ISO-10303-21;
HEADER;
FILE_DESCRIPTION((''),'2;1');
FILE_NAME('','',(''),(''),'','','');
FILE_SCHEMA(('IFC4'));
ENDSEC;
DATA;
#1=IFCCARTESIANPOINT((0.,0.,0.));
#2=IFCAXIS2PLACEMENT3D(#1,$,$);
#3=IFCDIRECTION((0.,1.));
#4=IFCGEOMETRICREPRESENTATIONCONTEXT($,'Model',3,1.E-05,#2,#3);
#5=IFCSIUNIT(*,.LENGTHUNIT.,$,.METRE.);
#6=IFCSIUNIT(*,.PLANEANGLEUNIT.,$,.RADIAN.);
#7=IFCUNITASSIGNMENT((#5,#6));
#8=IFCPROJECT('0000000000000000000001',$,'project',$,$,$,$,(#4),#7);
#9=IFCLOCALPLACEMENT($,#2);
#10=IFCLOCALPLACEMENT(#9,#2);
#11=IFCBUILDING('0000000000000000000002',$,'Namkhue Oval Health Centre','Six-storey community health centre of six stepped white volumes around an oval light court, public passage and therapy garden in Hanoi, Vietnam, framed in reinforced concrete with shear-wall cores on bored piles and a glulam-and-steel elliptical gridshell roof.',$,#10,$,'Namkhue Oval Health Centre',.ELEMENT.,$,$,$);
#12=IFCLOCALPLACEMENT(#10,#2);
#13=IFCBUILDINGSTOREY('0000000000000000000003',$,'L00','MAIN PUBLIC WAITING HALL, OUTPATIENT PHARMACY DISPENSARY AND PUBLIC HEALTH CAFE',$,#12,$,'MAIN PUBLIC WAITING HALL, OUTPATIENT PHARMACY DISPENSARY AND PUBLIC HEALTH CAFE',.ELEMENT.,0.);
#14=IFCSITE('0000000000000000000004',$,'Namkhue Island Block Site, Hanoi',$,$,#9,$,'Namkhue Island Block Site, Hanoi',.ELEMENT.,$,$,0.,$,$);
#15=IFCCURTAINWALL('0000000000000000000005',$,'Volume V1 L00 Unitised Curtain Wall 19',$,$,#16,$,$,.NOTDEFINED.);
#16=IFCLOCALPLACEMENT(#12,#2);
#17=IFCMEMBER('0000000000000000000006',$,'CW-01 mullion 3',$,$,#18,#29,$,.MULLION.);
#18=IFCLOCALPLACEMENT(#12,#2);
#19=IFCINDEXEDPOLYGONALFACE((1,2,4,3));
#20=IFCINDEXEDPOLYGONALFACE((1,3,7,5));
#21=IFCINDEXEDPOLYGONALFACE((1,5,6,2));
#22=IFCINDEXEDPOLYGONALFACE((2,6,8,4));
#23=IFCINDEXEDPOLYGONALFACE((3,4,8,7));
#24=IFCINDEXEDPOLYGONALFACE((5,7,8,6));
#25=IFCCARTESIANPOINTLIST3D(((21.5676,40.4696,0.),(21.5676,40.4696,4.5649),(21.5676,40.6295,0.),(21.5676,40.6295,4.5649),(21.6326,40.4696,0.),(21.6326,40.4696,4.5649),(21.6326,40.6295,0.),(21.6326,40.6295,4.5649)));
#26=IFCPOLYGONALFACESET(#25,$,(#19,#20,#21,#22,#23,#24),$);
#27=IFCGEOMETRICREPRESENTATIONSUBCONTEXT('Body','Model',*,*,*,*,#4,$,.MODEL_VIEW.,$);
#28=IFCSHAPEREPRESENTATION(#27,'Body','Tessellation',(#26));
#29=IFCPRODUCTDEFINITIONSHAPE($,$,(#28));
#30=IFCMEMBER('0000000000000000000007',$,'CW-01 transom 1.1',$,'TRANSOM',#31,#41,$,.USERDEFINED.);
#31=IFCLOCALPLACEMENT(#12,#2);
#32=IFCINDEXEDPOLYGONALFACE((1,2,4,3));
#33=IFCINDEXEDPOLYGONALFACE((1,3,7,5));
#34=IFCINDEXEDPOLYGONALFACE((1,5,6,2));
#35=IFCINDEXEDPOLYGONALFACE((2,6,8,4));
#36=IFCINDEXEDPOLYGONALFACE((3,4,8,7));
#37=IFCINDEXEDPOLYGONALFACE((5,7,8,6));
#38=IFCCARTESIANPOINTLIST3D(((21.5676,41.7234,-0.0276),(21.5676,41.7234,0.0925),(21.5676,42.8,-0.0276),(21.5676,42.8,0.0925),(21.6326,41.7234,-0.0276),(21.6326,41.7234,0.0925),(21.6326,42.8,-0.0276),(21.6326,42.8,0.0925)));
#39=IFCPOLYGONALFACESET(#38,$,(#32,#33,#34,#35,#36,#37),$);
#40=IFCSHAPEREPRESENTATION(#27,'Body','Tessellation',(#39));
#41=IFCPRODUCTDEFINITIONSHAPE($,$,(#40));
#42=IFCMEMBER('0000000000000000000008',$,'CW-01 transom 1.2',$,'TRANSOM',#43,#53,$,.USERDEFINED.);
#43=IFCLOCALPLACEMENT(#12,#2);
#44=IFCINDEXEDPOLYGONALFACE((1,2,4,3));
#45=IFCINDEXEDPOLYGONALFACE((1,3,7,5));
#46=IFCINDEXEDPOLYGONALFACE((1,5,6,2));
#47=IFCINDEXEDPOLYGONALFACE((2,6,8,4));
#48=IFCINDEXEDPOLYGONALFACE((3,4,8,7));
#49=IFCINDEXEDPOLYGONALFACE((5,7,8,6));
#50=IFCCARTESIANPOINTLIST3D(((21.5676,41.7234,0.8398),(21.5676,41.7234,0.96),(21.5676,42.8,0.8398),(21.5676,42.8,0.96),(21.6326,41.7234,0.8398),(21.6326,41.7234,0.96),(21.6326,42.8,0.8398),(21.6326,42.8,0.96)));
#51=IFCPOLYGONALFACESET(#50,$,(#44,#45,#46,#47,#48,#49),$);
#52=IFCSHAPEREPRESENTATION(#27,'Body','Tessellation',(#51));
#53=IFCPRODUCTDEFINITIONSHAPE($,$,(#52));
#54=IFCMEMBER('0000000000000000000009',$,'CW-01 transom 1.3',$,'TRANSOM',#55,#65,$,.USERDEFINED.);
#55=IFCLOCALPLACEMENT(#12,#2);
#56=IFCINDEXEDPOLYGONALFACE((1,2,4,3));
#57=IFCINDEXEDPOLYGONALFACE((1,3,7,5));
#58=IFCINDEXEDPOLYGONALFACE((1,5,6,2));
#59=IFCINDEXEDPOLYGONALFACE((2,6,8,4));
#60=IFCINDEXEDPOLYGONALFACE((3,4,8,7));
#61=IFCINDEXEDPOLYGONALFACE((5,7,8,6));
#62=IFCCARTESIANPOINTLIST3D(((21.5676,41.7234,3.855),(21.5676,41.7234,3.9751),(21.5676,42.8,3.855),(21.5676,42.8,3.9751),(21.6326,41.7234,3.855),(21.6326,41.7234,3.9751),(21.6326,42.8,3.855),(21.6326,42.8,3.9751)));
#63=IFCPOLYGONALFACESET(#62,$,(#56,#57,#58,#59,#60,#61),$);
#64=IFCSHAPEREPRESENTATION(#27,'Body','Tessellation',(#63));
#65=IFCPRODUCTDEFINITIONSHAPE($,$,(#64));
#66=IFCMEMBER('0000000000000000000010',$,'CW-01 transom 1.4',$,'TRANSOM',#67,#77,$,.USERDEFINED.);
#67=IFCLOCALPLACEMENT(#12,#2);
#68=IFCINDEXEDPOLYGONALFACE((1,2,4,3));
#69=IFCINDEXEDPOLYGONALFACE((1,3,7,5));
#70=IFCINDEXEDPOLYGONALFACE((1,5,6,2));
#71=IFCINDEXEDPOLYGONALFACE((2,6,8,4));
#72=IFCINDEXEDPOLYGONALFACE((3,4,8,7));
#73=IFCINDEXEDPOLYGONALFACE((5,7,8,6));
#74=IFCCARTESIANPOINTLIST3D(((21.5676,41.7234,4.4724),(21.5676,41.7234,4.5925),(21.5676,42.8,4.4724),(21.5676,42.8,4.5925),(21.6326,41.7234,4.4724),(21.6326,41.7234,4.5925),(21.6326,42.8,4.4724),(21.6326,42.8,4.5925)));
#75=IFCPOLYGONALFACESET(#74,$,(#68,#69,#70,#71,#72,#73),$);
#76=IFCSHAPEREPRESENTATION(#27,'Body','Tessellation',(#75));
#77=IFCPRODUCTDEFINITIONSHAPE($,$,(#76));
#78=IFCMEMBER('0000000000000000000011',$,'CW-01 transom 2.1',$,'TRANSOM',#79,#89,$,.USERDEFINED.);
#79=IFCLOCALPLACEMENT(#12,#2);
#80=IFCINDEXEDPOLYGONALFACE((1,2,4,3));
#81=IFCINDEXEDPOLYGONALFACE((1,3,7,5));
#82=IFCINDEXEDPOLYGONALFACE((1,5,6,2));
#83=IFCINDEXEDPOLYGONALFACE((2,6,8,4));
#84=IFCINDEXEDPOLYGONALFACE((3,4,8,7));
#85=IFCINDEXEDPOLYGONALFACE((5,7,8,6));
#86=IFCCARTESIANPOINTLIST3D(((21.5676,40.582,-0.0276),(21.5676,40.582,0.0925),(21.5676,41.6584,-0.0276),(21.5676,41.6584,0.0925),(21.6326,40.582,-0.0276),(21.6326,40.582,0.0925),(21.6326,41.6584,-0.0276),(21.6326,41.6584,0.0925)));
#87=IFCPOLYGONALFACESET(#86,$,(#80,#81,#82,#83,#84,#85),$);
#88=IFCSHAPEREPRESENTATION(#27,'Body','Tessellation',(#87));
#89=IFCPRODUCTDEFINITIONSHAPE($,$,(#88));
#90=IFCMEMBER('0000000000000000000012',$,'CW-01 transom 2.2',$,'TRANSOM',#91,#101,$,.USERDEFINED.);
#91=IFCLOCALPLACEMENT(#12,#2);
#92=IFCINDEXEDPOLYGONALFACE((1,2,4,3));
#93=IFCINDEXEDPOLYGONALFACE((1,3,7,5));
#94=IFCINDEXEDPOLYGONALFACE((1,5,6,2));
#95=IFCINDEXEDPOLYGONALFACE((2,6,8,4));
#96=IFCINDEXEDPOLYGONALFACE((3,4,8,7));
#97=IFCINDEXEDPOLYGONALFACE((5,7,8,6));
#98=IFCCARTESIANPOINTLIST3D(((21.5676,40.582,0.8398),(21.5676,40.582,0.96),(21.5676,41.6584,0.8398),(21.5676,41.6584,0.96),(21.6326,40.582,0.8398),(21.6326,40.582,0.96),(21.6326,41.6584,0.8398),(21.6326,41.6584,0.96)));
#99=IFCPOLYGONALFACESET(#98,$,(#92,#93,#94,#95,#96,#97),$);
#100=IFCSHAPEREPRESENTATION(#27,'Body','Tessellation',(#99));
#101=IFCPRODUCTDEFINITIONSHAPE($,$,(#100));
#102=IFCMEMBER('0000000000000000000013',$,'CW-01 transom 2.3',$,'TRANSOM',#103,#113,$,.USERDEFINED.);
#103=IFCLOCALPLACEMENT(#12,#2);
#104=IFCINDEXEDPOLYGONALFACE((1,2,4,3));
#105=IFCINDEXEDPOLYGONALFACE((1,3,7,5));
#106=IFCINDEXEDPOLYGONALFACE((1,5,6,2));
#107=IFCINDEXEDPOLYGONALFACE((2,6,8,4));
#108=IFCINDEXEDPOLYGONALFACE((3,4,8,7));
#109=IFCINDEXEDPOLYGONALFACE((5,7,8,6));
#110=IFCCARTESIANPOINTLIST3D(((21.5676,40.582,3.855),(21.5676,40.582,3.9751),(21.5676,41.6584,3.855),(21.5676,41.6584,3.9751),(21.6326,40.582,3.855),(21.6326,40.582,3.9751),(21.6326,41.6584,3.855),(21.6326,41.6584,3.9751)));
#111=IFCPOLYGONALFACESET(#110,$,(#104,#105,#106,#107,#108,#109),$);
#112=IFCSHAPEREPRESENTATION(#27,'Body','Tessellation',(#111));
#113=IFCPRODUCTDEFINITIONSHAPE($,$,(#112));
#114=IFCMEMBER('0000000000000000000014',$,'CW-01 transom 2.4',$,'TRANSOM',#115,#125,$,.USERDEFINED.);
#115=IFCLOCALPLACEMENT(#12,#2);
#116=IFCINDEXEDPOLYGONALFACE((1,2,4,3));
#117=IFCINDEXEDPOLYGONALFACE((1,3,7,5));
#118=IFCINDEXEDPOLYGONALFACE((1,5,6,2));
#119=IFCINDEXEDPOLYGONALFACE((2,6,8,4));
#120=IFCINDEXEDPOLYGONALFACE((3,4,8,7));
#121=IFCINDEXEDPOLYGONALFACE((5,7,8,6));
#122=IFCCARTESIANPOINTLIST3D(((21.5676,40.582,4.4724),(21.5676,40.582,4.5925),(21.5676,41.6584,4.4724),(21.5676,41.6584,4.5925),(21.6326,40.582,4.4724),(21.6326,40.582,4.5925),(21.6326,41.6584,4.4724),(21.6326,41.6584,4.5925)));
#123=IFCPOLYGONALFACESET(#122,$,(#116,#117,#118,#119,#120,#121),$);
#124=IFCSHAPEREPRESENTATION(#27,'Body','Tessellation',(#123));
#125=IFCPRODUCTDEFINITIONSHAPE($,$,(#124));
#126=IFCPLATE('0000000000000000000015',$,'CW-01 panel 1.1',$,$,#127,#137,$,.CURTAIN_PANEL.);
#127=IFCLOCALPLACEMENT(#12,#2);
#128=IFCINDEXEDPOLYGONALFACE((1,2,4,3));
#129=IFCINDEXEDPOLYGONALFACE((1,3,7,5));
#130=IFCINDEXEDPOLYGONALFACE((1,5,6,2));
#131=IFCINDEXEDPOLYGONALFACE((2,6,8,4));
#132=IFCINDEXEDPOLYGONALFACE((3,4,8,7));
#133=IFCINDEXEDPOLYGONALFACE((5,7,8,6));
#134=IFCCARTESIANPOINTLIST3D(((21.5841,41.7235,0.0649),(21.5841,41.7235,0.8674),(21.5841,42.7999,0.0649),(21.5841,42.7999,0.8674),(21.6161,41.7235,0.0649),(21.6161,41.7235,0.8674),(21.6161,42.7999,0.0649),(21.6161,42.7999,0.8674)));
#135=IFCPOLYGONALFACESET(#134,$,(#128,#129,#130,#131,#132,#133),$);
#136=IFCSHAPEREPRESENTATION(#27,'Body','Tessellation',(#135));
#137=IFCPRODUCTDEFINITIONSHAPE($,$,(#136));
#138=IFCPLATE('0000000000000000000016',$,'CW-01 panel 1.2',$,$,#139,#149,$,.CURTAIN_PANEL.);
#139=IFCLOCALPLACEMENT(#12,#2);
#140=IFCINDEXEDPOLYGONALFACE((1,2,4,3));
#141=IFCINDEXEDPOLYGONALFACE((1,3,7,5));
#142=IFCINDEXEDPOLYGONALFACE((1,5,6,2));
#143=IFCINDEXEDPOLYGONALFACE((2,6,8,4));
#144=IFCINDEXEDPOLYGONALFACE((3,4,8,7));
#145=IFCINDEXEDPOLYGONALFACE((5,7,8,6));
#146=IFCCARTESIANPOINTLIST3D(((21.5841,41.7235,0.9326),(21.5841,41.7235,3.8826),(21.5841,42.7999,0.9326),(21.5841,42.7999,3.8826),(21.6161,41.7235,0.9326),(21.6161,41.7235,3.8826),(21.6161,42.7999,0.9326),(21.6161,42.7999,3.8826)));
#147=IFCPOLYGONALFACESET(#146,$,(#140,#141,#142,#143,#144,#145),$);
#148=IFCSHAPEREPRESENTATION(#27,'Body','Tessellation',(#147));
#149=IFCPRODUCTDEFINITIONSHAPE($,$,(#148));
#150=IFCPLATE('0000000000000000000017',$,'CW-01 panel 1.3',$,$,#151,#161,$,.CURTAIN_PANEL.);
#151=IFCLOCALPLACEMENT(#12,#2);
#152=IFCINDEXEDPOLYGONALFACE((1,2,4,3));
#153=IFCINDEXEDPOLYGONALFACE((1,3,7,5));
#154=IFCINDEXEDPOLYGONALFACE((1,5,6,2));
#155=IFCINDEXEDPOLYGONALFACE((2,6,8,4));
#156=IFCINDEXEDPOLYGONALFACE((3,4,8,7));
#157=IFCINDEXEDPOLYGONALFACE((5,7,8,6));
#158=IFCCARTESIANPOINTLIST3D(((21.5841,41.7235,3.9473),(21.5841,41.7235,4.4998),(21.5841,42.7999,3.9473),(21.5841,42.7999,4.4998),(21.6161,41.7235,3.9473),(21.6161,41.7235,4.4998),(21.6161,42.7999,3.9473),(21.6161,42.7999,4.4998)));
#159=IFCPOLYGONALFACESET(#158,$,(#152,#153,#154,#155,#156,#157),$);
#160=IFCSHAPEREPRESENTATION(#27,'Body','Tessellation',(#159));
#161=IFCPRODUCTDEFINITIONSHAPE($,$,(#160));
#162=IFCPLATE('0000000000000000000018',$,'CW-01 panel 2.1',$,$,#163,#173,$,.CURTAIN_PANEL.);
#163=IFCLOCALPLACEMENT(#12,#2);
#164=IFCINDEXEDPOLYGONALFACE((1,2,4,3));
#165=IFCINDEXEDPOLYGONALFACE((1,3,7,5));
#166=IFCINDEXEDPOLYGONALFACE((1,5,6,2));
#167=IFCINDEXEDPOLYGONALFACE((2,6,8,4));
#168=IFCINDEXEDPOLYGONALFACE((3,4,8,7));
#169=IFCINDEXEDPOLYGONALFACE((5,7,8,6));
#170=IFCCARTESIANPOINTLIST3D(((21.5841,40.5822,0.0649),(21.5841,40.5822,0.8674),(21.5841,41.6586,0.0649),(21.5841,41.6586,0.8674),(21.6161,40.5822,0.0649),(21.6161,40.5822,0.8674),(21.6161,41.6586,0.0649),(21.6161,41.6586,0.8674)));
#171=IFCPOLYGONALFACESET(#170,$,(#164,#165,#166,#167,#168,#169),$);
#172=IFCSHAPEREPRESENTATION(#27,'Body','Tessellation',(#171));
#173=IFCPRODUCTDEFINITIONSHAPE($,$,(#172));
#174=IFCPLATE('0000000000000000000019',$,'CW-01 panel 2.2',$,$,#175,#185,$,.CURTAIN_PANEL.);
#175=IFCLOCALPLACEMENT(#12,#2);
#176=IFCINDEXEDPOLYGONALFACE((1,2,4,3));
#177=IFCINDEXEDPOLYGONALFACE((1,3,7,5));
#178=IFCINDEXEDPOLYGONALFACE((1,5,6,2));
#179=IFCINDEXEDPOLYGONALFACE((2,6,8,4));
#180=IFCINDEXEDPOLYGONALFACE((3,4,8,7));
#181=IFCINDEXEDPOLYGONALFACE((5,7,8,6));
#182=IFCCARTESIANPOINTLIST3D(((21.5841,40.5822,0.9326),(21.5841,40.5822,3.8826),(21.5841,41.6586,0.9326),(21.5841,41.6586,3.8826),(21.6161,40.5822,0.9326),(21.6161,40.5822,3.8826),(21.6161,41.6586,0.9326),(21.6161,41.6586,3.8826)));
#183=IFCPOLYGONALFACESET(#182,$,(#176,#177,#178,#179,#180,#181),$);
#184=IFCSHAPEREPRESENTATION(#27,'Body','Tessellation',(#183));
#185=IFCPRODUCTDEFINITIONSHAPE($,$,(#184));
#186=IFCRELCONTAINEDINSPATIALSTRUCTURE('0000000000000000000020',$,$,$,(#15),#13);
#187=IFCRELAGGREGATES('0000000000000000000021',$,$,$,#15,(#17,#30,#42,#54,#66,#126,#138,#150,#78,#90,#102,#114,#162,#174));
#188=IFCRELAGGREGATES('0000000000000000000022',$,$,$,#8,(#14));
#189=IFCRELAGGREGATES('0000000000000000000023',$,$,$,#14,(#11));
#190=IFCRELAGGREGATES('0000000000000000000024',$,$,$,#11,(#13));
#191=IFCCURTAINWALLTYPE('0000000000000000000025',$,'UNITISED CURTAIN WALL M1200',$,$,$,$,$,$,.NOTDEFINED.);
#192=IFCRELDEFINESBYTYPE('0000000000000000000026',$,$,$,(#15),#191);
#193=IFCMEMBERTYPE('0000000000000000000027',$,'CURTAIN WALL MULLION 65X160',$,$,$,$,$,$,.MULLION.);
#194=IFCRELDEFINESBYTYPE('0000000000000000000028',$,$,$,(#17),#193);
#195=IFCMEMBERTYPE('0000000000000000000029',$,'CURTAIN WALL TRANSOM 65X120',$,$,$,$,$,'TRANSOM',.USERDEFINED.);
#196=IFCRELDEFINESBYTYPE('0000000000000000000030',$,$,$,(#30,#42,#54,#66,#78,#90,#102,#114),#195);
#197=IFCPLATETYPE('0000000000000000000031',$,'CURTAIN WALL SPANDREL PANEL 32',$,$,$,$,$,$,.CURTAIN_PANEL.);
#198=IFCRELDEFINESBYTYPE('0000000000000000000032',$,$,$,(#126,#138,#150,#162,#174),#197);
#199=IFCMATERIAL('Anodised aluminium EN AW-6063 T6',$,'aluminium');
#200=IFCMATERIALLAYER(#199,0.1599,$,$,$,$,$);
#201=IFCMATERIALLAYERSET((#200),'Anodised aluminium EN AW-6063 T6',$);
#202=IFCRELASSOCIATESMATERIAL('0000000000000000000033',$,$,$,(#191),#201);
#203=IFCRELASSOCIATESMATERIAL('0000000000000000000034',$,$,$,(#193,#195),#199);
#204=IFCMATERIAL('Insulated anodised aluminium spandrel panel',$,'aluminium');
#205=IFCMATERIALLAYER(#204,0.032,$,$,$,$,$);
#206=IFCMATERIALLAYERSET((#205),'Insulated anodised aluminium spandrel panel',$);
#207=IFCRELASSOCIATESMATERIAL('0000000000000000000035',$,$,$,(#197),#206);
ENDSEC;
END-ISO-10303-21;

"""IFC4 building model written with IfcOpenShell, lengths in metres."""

from ifc_helpers import new_model, si_unit, direction, frame, origin, origin_2d, place, context, subcontext, project, spatial, rectangle, extrude, material, layer, layer_set, material_profile, profile_set, type_object, element, aggregate, save


model = new_model("IFC4")

# Units and contexts
model_context = context("Model", 3, precision=1e-05, world=origin(), true_north=direction((0.0, 1.0)))
body_context = subcontext(model_context, "Body", "Model", "MODEL_VIEW")
ifc_project = project(units=[si_unit("LENGTHUNIT", "METRE"), si_unit("PLANEANGLEUNIT", "RADIAN")], contexts=[model_context])

# Site, building, storey
site_placement = place(None, origin())
site = spatial("IfcSite", under=ifc_project, at=site_placement, Name="Namkhue Island Block Site, Hanoi", LongName="Namkhue Island Block Site, Hanoi", CompositionType="ELEMENT", RefElevation=0.0)
building_placement = place(site_placement, origin())
building = spatial("IfcBuilding", under=site, at=building_placement, Name="Namkhue Oval Health Centre", Description="Six-storey community health centre of six stepped white volumes around an oval light court, public passage and therapy garden in Hanoi, Vietnam, framed in reinforced concrete with shear-wall cores on bored piles and a glulam-and-steel elliptical gridshell roof.", LongName="Namkhue Oval Health Centre", CompositionType="ELEMENT")
storey_placement = place(building_placement, origin())
storey = spatial("IfcBuildingStorey", under=building, at=storey_placement, Name="L00", Description="MAIN PUBLIC WAITING HALL, OUTPATIENT PHARMACY DISPENSARY AND PUBLIC HEALTH CAFE", LongName="MAIN PUBLIC WAITING HALL, OUTPATIENT PHARMACY DISPENSARY AND PUBLIC HEALTH CAFE", CompositionType="ELEMENT", Elevation=0.0)

# Curtain wall, members, plates
ifc_material_1 = material(Name="Anodised aluminium EN AW-6063 T6", Category="aluminium")
ifc_layer_1 = layer(ifc_material_1, 0.1599)
ifc_layer_set_1 = layer_set([ifc_layer_1], Name="Anodised aluminium EN AW-6063 T6")
curtain_wall_type = type_object("IfcCurtainWallType", Name="UNITISED CURTAIN WALL M1200", PredefinedType="NOTDEFINED", material=ifc_layer_set_1)
curtain_wall_placement = place(storey_placement, origin())
curtain_wall = element("IfcCurtainWall", 1, at=curtain_wall_placement, inside=storey, type_object=curtain_wall_type, Name="Volume V1 L00 Unitised Curtain Wall 19", PredefinedType="NOTDEFINED")
ifc_material_profile_1 = material_profile(ifc_material_1, rectangle(XDim=0.0649, YDim=0.1599, at=origin_2d()), Name="ALU 65x160")
ifc_profile_set_1 = profile_set([ifc_material_profile_1], Name="Anodised aluminium EN AW-6063 T6")
member_type_1 = type_object("IfcMemberType", Name="CURTAIN WALL MULLION 65X160", PredefinedType="MULLION", material=ifc_profile_set_1)
member_1_placement = place(storey_placement, frame((21.6001, 40.5496, 0.0), z_axis=(0.0, 0.0, 1.0), x_axis=(1.0, 0.0, 0.0)))
member_1 = element("IfcMember", 2, at=member_1_placement, type_object=member_type_1, Name="CW-01 mullion 3", PredefinedType="MULLION", context=body_context, shape_type="SweptSolid", body=[
    extrude(rectangle(XDim=0.0649, YDim=0.1599, at=origin_2d()), origin(), (0.0, 0.0, 1.0), 4.5649),
])
ifc_material_profile_2 = material_profile(ifc_material_1, rectangle(XDim=0.0649, YDim=0.1201, at=origin_2d()), Name="ALU 65x120")
ifc_profile_set_2 = profile_set([ifc_material_profile_2], Name="Anodised aluminium EN AW-6063 T6")
member_type_2 = type_object("IfcMemberType", Name="CURTAIN WALL TRANSOM 65X120", ElementType="TRANSOM", PredefinedType="USERDEFINED", material=ifc_profile_set_2)
member_2_placement = place(storey_placement, frame((21.6001, 42.8, 0.0325), z_axis=(0.0, -1.0, 0.0), x_axis=(1.0, 0.0, 0.0)))
member_2 = element("IfcMember", 3, at=member_2_placement, type_object=member_type_2, Name="CW-01 transom 1.1", ObjectType="TRANSOM", PredefinedType="USERDEFINED", context=body_context, shape_type="SweptSolid", body=[
    extrude(rectangle(XDim=0.0649, YDim=0.1201, at=origin_2d()), origin(), (0.0, 0.0, 1.0), 1.0767),
])
member_3_placement = place(storey_placement, frame((21.6001, 42.8, 0.8999), z_axis=(0.0, -1.0, 0.0), x_axis=(1.0, 0.0, 0.0)))
member_3 = element("IfcMember", 4, at=member_3_placement, type_object=member_type_2, Name="CW-01 transom 1.2", ObjectType="TRANSOM", PredefinedType="USERDEFINED", context=body_context, shape_type="SweptSolid", body=[
    extrude(rectangle(XDim=0.0649, YDim=0.1201, at=origin_2d()), origin(), (0.0, 0.0, 1.0), 1.0767),
])
member_4_placement = place(storey_placement, frame((21.6001, 42.8, 3.915), z_axis=(0.0, -1.0, 0.0), x_axis=(1.0, 0.0, 0.0)))
member_4 = element("IfcMember", 5, at=member_4_placement, type_object=member_type_2, Name="CW-01 transom 1.3", ObjectType="TRANSOM", PredefinedType="USERDEFINED", context=body_context, shape_type="SweptSolid", body=[
    extrude(rectangle(XDim=0.0649, YDim=0.1201, at=origin_2d()), origin(), (0.0, 0.0, 1.0), 1.0767),
])
member_5_placement = place(storey_placement, frame((21.6001, 42.8, 4.5325), z_axis=(0.0, -1.0, 0.0), x_axis=(1.0, 0.0, 0.0)))
member_5 = element("IfcMember", 6, at=member_5_placement, type_object=member_type_2, Name="CW-01 transom 1.4", ObjectType="TRANSOM", PredefinedType="USERDEFINED", context=body_context, shape_type="SweptSolid", body=[
    extrude(rectangle(XDim=0.0649, YDim=0.1201, at=origin_2d()), origin(), (0.0, 0.0, 1.0), 1.0767),
])
member_6_placement = place(storey_placement, frame((21.6001, 41.6584, 0.0325), z_axis=(0.0, -1.0, 0.0), x_axis=(1.0, 0.0, 0.0)))
member_6 = element("IfcMember", 7, at=member_6_placement, type_object=member_type_2, Name="CW-01 transom 2.1", ObjectType="TRANSOM", PredefinedType="USERDEFINED", context=body_context, shape_type="SweptSolid", body=[
    extrude(rectangle(XDim=0.0649, YDim=0.1201, at=origin_2d()), origin(), (0.0, 0.0, 1.0), 1.0764),
])
member_7_placement = place(storey_placement, frame((21.6001, 41.6584, 0.8999), z_axis=(0.0, -1.0, 0.0), x_axis=(1.0, 0.0, 0.0)))
member_7 = element("IfcMember", 8, at=member_7_placement, type_object=member_type_2, Name="CW-01 transom 2.2", ObjectType="TRANSOM", PredefinedType="USERDEFINED", context=body_context, shape_type="SweptSolid", body=[
    extrude(rectangle(XDim=0.0649, YDim=0.1201, at=origin_2d()), origin(), (0.0, 0.0, 1.0), 1.0764),
])
member_8_placement = place(storey_placement, frame((21.6001, 41.6584, 3.915), z_axis=(0.0, -1.0, 0.0), x_axis=(1.0, 0.0, 0.0)))
member_8 = element("IfcMember", 9, at=member_8_placement, type_object=member_type_2, Name="CW-01 transom 2.3", ObjectType="TRANSOM", PredefinedType="USERDEFINED", context=body_context, shape_type="SweptSolid", body=[
    extrude(rectangle(XDim=0.0649, YDim=0.1201, at=origin_2d()), origin(), (0.0, 0.0, 1.0), 1.0764),
])
member_9_placement = place(storey_placement, frame((21.6001, 41.6584, 4.5325), z_axis=(0.0, -1.0, 0.0), x_axis=(1.0, 0.0, 0.0)))
member_9 = element("IfcMember", 10, at=member_9_placement, type_object=member_type_2, Name="CW-01 transom 2.4", ObjectType="TRANSOM", PredefinedType="USERDEFINED", context=body_context, shape_type="SweptSolid", body=[
    extrude(rectangle(XDim=0.0649, YDim=0.1201, at=origin_2d()), origin(), (0.0, 0.0, 1.0), 1.0764),
])
ifc_material_2 = material(Name="Insulated anodised aluminium spandrel panel", Category="aluminium")
ifc_layer_2 = layer(ifc_material_2, 0.032)
ifc_layer_set_2 = layer_set([ifc_layer_2], Name="Insulated anodised aluminium spandrel panel")
plate_type = type_object("IfcPlateType", Name="CURTAIN WALL SPANDREL PANEL 32", PredefinedType="CURTAIN_PANEL", material=ifc_layer_set_2)
plate_1_placement = place(storey_placement, frame((21.6001, 42.2617, 0.0649), z_axis=(0.0, 0.0, 1.0), x_axis=(0.0, -1.0, 0.0)))
plate_1 = element("IfcPlate", 11, at=plate_1_placement, type_object=plate_type, Name="CW-01 panel 1.1", PredefinedType="CURTAIN_PANEL", context=body_context, shape_type="SweptSolid", body=[
    extrude(rectangle(XDim=1.0764, YDim=0.032, at=origin_2d()), origin(), (0.0, 0.0, 1.0), 0.8025),
])
plate_2_placement = place(storey_placement, frame((21.6001, 42.2617, 0.9326), z_axis=(0.0, 0.0, 1.0), x_axis=(0.0, -1.0, 0.0)))
plate_2 = element("IfcPlate", 12, at=plate_2_placement, type_object=plate_type, Name="CW-01 panel 1.2", PredefinedType="CURTAIN_PANEL", context=body_context, shape_type="SweptSolid", body=[
    extrude(rectangle(XDim=1.0764, YDim=0.032, at=origin_2d()), origin(), (0.0, 0.0, 1.0), 2.95),
])
plate_3_placement = place(storey_placement, frame((21.6001, 42.2617, 3.9473), z_axis=(0.0, 0.0, 1.0), x_axis=(0.0, -1.0, 0.0)))
plate_3 = element("IfcPlate", 13, at=plate_3_placement, type_object=plate_type, Name="CW-01 panel 1.3", PredefinedType="CURTAIN_PANEL", context=body_context, shape_type="SweptSolid", body=[
    extrude(rectangle(XDim=1.0764, YDim=0.032, at=origin_2d()), origin(), (0.0, 0.0, 1.0), 0.5525),
])
plate_4_placement = place(storey_placement, frame((21.6001, 41.1204, 0.0649), z_axis=(0.0, 0.0, 1.0), x_axis=(0.0, -1.0, 0.0)))
plate_4 = element("IfcPlate", 14, at=plate_4_placement, type_object=plate_type, Name="CW-01 panel 2.1", PredefinedType="CURTAIN_PANEL", context=body_context, shape_type="SweptSolid", body=[
    extrude(rectangle(XDim=1.0764, YDim=0.032, at=origin_2d()), origin(), (0.0, 0.0, 1.0), 0.8025),
])
plate_5_placement = place(storey_placement, frame((21.6001, 41.1204, 0.9326), z_axis=(0.0, 0.0, 1.0), x_axis=(0.0, -1.0, 0.0)))
plate_5 = element("IfcPlate", 15, at=plate_5_placement, type_object=plate_type, Name="CW-01 panel 2.2", PredefinedType="CURTAIN_PANEL", context=body_context, shape_type="SweptSolid", body=[
    extrude(rectangle(XDim=1.0764, YDim=0.032, at=origin_2d()), origin(), (0.0, 0.0, 1.0), 2.95),
])
aggregate(curtain_wall, [member_1, member_2, member_3, member_4, member_5, plate_1, plate_2, plate_3, member_6, member_7, member_8, member_9, plate_4, plate_5])

save(model, "model.ifc")
